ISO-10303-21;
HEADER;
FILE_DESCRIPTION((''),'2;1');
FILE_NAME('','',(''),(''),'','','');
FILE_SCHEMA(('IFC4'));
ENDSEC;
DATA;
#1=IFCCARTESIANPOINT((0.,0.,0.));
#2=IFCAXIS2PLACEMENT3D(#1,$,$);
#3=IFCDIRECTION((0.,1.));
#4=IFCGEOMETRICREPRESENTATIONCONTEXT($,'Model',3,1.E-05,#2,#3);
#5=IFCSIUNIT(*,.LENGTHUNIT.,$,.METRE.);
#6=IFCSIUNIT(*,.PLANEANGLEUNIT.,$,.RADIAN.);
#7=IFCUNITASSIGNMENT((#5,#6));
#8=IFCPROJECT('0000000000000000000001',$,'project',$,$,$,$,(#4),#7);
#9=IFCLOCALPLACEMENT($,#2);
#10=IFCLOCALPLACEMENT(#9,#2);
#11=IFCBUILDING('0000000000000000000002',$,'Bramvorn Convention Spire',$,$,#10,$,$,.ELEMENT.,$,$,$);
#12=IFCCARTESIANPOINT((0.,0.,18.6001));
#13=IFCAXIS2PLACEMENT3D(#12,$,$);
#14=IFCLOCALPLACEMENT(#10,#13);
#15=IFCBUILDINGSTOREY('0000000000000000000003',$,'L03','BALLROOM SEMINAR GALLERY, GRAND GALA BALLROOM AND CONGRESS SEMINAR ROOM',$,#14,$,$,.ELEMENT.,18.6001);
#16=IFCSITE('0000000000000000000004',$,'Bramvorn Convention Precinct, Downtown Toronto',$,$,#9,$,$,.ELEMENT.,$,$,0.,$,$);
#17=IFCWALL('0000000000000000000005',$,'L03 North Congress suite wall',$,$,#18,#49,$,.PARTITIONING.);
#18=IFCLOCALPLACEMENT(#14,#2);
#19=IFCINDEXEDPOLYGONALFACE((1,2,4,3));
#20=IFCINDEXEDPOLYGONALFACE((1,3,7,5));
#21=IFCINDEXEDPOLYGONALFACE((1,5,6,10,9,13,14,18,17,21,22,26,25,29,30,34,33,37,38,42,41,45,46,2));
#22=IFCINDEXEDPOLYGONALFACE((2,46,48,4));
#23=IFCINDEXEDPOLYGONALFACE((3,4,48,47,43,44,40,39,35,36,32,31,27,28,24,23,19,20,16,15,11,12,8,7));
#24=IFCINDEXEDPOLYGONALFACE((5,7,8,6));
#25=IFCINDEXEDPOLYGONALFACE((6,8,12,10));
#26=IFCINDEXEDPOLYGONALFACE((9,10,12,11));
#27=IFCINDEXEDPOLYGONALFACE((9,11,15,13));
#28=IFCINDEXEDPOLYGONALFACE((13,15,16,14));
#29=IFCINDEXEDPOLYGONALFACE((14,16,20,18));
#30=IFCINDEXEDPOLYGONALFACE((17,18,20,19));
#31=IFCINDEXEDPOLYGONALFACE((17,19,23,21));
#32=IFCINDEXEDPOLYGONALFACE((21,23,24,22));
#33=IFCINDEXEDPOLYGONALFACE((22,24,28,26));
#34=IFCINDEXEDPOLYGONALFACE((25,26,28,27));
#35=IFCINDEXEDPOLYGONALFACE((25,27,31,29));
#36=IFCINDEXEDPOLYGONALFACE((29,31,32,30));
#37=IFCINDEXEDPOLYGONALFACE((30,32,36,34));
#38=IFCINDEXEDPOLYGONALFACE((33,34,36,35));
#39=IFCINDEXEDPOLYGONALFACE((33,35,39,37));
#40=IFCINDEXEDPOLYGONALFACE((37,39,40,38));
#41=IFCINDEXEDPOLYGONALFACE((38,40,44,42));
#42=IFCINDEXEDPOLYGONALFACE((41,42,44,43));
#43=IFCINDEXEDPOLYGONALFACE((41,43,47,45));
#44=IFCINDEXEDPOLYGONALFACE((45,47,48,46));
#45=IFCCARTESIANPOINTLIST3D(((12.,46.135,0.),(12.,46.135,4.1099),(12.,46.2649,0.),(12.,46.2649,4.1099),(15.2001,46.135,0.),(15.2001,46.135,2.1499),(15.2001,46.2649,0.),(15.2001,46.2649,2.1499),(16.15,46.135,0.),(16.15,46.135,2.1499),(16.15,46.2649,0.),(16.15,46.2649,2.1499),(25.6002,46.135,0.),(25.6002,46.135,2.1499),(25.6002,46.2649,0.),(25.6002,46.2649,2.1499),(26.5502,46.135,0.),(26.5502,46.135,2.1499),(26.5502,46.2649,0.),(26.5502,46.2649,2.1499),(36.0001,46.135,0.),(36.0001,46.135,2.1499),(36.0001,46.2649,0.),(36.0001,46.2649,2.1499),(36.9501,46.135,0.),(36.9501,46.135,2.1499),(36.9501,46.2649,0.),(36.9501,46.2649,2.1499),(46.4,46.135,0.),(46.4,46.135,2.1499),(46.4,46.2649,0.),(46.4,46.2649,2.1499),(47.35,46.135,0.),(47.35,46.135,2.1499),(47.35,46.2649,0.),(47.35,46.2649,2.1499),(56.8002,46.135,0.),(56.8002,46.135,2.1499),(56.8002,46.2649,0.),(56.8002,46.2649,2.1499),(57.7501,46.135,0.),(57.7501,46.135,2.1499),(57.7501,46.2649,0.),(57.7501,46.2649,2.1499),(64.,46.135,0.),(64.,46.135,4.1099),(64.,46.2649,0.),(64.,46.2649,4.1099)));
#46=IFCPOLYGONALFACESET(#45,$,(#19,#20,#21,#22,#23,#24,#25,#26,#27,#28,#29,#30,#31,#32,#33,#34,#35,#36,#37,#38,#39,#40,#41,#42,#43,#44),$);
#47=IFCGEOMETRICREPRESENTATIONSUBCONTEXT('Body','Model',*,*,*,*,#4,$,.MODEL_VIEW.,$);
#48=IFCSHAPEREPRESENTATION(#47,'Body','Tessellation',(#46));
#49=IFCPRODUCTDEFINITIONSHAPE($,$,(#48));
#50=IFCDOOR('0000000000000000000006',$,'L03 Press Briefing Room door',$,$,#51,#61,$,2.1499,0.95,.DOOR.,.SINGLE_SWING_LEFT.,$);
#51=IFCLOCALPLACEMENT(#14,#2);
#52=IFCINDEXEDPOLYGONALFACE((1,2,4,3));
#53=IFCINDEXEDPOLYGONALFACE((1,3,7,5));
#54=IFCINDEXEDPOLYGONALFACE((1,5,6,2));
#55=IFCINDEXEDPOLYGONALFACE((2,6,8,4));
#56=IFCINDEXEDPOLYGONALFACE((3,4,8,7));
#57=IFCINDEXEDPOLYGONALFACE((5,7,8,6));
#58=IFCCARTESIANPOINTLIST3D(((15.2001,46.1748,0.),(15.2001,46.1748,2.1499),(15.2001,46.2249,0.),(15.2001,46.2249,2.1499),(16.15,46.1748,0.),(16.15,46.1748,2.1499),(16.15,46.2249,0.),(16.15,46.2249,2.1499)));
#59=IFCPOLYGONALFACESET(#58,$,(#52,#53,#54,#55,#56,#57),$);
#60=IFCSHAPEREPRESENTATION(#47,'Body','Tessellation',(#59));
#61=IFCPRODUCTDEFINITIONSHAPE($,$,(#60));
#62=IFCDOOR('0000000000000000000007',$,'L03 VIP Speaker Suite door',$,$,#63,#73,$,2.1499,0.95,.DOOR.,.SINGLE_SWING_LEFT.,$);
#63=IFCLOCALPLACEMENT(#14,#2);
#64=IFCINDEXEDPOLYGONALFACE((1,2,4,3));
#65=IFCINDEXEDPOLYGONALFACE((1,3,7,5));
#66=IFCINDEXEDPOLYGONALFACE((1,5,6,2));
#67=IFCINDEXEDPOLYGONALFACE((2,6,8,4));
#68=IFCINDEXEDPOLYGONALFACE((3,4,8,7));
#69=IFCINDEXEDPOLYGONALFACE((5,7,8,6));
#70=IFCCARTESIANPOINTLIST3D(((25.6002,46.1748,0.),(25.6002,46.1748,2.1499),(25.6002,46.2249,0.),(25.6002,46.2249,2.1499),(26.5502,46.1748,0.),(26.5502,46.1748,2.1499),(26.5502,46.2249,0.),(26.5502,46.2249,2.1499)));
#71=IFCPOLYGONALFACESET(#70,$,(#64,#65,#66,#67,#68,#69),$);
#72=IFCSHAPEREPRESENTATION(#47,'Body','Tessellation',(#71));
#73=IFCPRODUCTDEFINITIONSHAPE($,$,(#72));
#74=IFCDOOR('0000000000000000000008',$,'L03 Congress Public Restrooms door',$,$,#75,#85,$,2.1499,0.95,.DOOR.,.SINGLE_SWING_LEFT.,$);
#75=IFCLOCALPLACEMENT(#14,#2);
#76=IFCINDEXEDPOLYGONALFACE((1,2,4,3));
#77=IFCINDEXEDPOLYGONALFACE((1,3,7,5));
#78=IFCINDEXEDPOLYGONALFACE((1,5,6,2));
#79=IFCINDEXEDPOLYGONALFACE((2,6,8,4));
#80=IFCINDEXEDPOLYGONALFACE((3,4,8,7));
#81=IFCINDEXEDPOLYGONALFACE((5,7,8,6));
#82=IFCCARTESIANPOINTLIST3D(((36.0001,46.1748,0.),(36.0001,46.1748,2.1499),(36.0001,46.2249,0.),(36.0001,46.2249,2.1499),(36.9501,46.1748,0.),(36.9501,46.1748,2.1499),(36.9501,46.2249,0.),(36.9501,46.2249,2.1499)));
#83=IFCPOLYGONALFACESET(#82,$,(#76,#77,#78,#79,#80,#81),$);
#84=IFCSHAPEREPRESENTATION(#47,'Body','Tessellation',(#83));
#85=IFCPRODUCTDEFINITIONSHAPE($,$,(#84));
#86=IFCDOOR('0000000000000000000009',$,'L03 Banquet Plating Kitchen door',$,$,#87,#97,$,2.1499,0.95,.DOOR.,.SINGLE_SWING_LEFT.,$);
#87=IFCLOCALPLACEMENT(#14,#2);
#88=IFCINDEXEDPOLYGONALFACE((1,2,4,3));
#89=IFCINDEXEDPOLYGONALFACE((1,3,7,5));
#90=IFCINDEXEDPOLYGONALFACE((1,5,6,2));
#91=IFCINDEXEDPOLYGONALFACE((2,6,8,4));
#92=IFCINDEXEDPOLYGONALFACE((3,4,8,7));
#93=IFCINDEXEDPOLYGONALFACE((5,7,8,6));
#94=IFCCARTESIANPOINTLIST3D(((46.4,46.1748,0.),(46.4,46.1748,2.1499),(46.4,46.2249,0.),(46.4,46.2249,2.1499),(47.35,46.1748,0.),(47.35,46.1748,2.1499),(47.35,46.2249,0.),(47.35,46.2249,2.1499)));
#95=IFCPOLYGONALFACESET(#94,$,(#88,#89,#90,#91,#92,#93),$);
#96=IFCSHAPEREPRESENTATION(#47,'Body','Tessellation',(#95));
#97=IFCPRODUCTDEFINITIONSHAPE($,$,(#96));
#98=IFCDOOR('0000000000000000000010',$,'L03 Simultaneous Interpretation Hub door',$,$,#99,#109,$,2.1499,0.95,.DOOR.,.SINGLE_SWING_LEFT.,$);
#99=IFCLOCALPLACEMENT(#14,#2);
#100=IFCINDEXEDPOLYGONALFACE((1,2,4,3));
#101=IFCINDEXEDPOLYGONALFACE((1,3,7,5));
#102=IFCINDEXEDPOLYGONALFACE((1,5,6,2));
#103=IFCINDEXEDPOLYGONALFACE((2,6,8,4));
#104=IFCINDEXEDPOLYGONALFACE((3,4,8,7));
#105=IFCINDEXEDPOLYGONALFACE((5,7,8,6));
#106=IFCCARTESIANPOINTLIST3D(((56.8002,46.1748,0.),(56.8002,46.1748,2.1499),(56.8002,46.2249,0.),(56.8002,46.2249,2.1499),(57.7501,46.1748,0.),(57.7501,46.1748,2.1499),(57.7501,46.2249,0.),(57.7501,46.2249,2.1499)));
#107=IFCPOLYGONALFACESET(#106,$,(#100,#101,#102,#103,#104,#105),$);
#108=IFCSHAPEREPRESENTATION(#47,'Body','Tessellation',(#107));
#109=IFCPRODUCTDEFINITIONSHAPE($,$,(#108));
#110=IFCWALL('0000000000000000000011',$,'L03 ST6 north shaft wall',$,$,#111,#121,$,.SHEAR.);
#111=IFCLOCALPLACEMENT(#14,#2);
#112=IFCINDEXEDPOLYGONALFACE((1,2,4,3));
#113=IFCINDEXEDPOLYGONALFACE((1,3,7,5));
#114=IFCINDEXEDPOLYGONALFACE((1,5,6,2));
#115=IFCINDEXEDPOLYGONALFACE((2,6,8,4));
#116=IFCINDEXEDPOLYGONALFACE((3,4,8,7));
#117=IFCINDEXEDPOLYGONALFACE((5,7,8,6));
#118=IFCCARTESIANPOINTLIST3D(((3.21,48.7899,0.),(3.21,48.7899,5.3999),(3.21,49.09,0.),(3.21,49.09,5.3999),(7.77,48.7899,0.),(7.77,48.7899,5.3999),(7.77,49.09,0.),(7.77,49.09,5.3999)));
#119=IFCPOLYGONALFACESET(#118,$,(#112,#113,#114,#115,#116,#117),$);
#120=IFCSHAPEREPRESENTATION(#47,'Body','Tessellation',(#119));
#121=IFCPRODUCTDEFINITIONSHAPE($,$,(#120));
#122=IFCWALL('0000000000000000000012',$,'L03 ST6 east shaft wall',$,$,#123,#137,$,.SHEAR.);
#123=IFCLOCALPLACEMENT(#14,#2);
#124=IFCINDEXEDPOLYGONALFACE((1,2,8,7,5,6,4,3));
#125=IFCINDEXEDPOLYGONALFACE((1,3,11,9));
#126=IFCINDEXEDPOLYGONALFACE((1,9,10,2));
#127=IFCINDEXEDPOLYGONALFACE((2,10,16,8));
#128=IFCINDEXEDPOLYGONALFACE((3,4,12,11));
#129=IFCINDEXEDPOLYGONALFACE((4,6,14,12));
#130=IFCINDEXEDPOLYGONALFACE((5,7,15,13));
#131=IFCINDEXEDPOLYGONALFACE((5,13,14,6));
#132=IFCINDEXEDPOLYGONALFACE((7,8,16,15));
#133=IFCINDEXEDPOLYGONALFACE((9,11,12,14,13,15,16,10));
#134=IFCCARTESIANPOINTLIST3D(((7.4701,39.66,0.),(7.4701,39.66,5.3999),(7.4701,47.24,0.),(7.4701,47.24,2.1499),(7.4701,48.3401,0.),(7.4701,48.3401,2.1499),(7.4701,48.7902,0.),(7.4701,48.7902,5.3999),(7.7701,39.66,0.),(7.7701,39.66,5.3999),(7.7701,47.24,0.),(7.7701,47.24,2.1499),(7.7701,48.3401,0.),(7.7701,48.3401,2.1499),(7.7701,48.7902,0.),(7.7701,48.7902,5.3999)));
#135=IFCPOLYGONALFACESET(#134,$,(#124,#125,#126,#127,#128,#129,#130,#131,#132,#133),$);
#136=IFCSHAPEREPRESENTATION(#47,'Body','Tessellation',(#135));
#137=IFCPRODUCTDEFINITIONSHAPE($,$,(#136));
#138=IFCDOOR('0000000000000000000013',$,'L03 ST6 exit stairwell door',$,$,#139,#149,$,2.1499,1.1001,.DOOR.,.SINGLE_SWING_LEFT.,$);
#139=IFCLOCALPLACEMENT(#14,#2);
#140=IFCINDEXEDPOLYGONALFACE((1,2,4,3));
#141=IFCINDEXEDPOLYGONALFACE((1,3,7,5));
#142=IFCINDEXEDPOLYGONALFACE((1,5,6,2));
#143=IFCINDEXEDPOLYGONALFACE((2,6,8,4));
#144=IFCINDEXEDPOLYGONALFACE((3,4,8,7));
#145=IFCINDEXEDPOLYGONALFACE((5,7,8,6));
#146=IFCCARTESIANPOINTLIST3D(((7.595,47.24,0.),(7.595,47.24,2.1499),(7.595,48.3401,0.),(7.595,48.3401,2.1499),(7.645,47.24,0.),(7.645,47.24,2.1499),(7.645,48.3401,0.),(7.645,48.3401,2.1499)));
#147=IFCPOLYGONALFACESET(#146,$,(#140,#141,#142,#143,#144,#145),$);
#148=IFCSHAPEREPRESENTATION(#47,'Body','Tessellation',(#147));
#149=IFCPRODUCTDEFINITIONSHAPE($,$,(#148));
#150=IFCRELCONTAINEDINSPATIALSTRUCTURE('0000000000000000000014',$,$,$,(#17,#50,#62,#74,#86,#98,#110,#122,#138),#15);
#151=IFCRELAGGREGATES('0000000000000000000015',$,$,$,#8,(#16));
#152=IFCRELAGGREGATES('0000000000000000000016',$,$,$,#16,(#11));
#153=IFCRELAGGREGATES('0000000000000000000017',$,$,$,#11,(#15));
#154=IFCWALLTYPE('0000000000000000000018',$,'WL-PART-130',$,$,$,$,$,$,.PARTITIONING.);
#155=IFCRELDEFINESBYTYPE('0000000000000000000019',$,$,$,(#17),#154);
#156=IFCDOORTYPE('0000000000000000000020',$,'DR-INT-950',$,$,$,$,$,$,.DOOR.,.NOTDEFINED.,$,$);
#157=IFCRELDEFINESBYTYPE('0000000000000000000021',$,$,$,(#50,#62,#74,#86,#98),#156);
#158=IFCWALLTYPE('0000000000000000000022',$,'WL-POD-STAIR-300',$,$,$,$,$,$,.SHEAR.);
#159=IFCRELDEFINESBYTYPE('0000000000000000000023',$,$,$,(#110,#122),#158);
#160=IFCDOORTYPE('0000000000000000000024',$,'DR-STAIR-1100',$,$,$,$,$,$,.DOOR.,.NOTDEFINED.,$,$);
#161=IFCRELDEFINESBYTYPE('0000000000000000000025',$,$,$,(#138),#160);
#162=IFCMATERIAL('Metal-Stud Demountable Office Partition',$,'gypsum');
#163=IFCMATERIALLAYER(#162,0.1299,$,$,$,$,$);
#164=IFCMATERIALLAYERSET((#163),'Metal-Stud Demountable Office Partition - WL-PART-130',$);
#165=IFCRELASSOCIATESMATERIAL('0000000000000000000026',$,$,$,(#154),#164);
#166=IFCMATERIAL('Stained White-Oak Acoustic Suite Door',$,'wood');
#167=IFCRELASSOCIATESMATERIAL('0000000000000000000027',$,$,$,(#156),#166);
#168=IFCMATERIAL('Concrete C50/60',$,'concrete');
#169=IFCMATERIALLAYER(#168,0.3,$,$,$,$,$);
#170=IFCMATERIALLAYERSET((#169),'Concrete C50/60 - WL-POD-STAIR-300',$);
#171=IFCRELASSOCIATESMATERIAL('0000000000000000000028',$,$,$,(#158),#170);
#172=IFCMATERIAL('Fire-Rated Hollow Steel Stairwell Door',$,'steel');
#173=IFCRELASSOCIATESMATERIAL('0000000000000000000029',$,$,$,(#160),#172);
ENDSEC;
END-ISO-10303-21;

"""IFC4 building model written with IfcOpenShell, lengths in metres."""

from ifc_helpers import new_model, si_unit, direction, frame, frame_2d, origin, place, context, subcontext, project, spatial, rectangle, extrude, material, layer, layer_set, type_object, element, fill, save


model = new_model("IFC4")

# Units and contexts
model_context = context("Model", 3, precision=1e-05, world=origin(), true_north=direction((0.0, 1.0)))
body_context = subcontext(model_context, "Body", "Model", "MODEL_VIEW")
ifc_project = project(units=[si_unit("LENGTHUNIT", "METRE"), si_unit("PLANEANGLEUNIT", "RADIAN")], contexts=[model_context])

# Site, building, storey
site_placement = place(None, origin())
site = spatial("IfcSite", under=ifc_project, at=site_placement, Name="Bramvorn Convention Precinct, Downtown Toronto", CompositionType="ELEMENT", RefElevation=0.0)
building_placement = place(site_placement, origin())
building = spatial("IfcBuilding", under=site, at=building_placement, Name="Bramvorn Convention Spire", CompositionType="ELEMENT")
storey_placement = place(building_placement, frame((0.0, 0.0, 18.6001)))
storey = spatial("IfcBuildingStorey", under=building, at=storey_placement, Name="L03", Description="BALLROOM SEMINAR GALLERY, GRAND GALA BALLROOM AND CONGRESS SEMINAR ROOM", CompositionType="ELEMENT", Elevation=18.6001)

# Wall, openings, doors
ifc_material_1 = material(Name="Metal-Stud Demountable Office Partition", Category="gypsum")
ifc_layer_1 = layer(ifc_material_1, 0.1299)
ifc_layer_set_1 = layer_set([ifc_layer_1], Name="Metal-Stud Demountable Office Partition - WL-PART-130")
wall_type_1 = type_object("IfcWallType", Name="WL-PART-130", PredefinedType="PARTITIONING", material=ifc_layer_set_1)
wall_1_placement = place(storey_placement, frame((12.0, 46.2, 0.0), z_axis=(0.0, 0.0, 1.0), x_axis=(1.0, 0.0, 0.0)))
wall_1 = element("IfcWall", 1, at=wall_1_placement, inside=storey, type_object=wall_type_1, Name="L03 North Congress suite wall", PredefinedType="PARTITIONING", context=body_context, shape_type="SweptSolid", body=[
    extrude(rectangle(XDim=52.0, YDim=0.1299, at=frame_2d((26.0, 0.0))), origin(), (0.0, 0.0, 1.0), 4.1099),
])
opening_1_placement = place(wall_1_placement, frame((3.2, 0.0, 0.0)))
opening_1 = element("IfcOpeningElement", 2, at=opening_1_placement, cuts=wall_1, PredefinedType="OPENING", context=body_context, shape_type="SweptSolid", body=[
    extrude(rectangle(XDim=0.95, YDim=2.1499, at=frame_2d((0.4751, 1.075))), frame((0.0, 0.075, 0.0), z_axis=(0.0, -1.0, 0.0), x_axis=(1.0, 0.0, 0.0)), (0.0, 0.0, 1.0), 0.1499),
])
opening_2_placement = place(wall_1_placement, frame((13.6001, 0.0, 0.0)))
opening_2 = element("IfcOpeningElement", 3, at=opening_2_placement, cuts=wall_1, PredefinedType="OPENING", context=body_context, shape_type="SweptSolid", body=[
    extrude(rectangle(XDim=0.95, YDim=2.1499, at=frame_2d((0.4751, 1.075))), frame((0.0, 0.075, 0.0), z_axis=(0.0, -1.0, 0.0), x_axis=(1.0, 0.0, 0.0)), (0.0, 0.0, 1.0), 0.1499),
])
opening_3_placement = place(wall_1_placement, frame((24.0, 0.0, 0.0)))
opening_3 = element("IfcOpeningElement", 4, at=opening_3_placement, cuts=wall_1, PredefinedType="OPENING", context=body_context, shape_type="SweptSolid", body=[
    extrude(rectangle(XDim=0.95, YDim=2.1499, at=frame_2d((0.4751, 1.075))), frame((0.0, 0.075, 0.0), z_axis=(0.0, -1.0, 0.0), x_axis=(1.0, 0.0, 0.0)), (0.0, 0.0, 1.0), 0.1499),
])
opening_4_placement = place(wall_1_placement, frame((34.3999, 0.0, 0.0)))
opening_4 = element("IfcOpeningElement", 5, at=opening_4_placement, cuts=wall_1, PredefinedType="OPENING", context=body_context, shape_type="SweptSolid", body=[
    extrude(rectangle(XDim=0.95, YDim=2.1499, at=frame_2d((0.4751, 1.075))), frame((0.0, 0.075, 0.0), z_axis=(0.0, -1.0, 0.0), x_axis=(1.0, 0.0, 0.0)), (0.0, 0.0, 1.0), 0.1499),
])
opening_5_placement = place(wall_1_placement, frame((44.8, 0.0, 0.0)))
opening_5 = element("IfcOpeningElement", 6, at=opening_5_placement, cuts=wall_1, PredefinedType="OPENING", context=body_context, shape_type="SweptSolid", body=[
    extrude(rectangle(XDim=0.95, YDim=2.1499, at=frame_2d((0.4751, 1.075))), frame((0.0, 0.075, 0.0), z_axis=(0.0, -1.0, 0.0), x_axis=(1.0, 0.0, 0.0)), (0.0, 0.0, 1.0), 0.1499),
])
ifc_material_2 = material(Name="Stained White-Oak Acoustic Suite Door", Category="wood")
door_type_1 = type_object("IfcDoorType", Name="DR-INT-950", OperationType="NOTDEFINED", PredefinedType="DOOR", material=ifc_material_2)
door_1_placement = place(opening_1_placement, origin())
door_1 = element("IfcDoor", 7, at=door_1_placement, inside=storey, type_object=door_type_1, Name="L03 Press Briefing Room door", OperationType="SINGLE_SWING_LEFT", OverallHeight=2.1499, OverallWidth=0.95, PredefinedType="DOOR", context=body_context, shape_type="SweptSolid", body=[
    extrude(rectangle(XDim=0.95, YDim=2.1499, at=frame_2d((0.4751, 1.075))), frame((0.0, 0.0249, 0.0), z_axis=(0.0, -1.0, 0.0), x_axis=(1.0, 0.0, 0.0)), (0.0, 0.0, 1.0), 0.05),
])
fill(opening_1, door_1)
door_2_placement = place(opening_2_placement, origin())
door_2 = element("IfcDoor", 8, at=door_2_placement, inside=storey, type_object=door_type_1, Name="L03 VIP Speaker Suite door", OperationType="SINGLE_SWING_LEFT", OverallHeight=2.1499, OverallWidth=0.95, PredefinedType="DOOR", context=body_context, shape_type="SweptSolid", body=[
    extrude(rectangle(XDim=0.95, YDim=2.1499, at=frame_2d((0.4751, 1.075))), frame((0.0, 0.0249, 0.0), z_axis=(0.0, -1.0, 0.0), x_axis=(1.0, 0.0, 0.0)), (0.0, 0.0, 1.0), 0.05),
])
fill(opening_2, door_2)
door_3_placement = place(opening_3_placement, origin())
door_3 = element("IfcDoor", 9, at=door_3_placement, inside=storey, type_object=door_type_1, Name="L03 Congress Public Restrooms door", OperationType="SINGLE_SWING_LEFT", OverallHeight=2.1499, OverallWidth=0.95, PredefinedType="DOOR", context=body_context, shape_type="SweptSolid", body=[
    extrude(rectangle(XDim=0.95, YDim=2.1499, at=frame_2d((0.4751, 1.075))), frame((0.0, 0.0249, 0.0), z_axis=(0.0, -1.0, 0.0), x_axis=(1.0, 0.0, 0.0)), (0.0, 0.0, 1.0), 0.05),
])
fill(opening_3, door_3)
door_4_placement = place(opening_4_placement, origin())
door_4 = element("IfcDoor", 10, at=door_4_placement, inside=storey, type_object=door_type_1, Name="L03 Banquet Plating Kitchen door", OperationType="SINGLE_SWING_LEFT", OverallHeight=2.1499, OverallWidth=0.95, PredefinedType="DOOR", context=body_context, shape_type="SweptSolid", body=[
    extrude(rectangle(XDim=0.95, YDim=2.1499, at=frame_2d((0.4751, 1.075))), frame((0.0, 0.0249, 0.0), z_axis=(0.0, -1.0, 0.0), x_axis=(1.0, 0.0, 0.0)), (0.0, 0.0, 1.0), 0.05),
])
fill(opening_4, door_4)
door_5_placement = place(opening_5_placement, origin())
door_5 = element("IfcDoor", 11, at=door_5_placement, inside=storey, type_object=door_type_1, Name="L03 Simultaneous Interpretation Hub door", OperationType="SINGLE_SWING_LEFT", OverallHeight=2.1499, OverallWidth=0.95, PredefinedType="DOOR", context=body_context, shape_type="SweptSolid", body=[
    extrude(rectangle(XDim=0.95, YDim=2.1499, at=frame_2d((0.4751, 1.075))), frame((0.0, 0.0249, 0.0), z_axis=(0.0, -1.0, 0.0), x_axis=(1.0, 0.0, 0.0)), (0.0, 0.0, 1.0), 0.05),
])
fill(opening_5, door_5)

# Wall
ifc_material_3 = material(Name="Concrete C50/60", Category="concrete")
ifc_layer_2 = layer(ifc_material_3, 0.3)
ifc_layer_set_2 = layer_set([ifc_layer_2], Name="Concrete C50/60 - WL-POD-STAIR-300")
wall_type_2 = type_object("IfcWallType", Name="WL-POD-STAIR-300", PredefinedType="SHEAR", material=ifc_layer_set_2)
wall_2_placement = place(storey_placement, frame((3.21, 48.9399, 0.0), z_axis=(0.0, 0.0, 1.0), x_axis=(1.0, 0.0, 0.0)))
element("IfcWall", 12, at=wall_2_placement, inside=storey, type_object=wall_type_2, Name="L03 ST6 north shaft wall", PredefinedType="SHEAR", context=body_context, shape_type="SweptSolid", body=[
    extrude(rectangle(XDim=4.5601, YDim=0.3, at=frame_2d((2.28, 0.0))), origin(), (0.0, 0.0, 1.0), 5.3999),
])

# Wall, opening, door
wall_3_placement = place(storey_placement, frame((7.6201, 48.79, 0.0), z_axis=(0.0, 0.0, 1.0), x_axis=(0.0, -1.0, 0.0)))
wall_3 = element("IfcWall", 13, at=wall_3_placement, inside=storey, type_object=wall_type_2, Name="L03 ST6 east shaft wall", PredefinedType="SHEAR", context=body_context, shape_type="SweptSolid", body=[
    extrude(rectangle(XDim=9.1301, YDim=0.3, at=frame_2d((4.5649, 0.0))), origin(), (0.0, 0.0, 1.0), 5.3999),
])
opening_6_placement = place(wall_3_placement, frame((0.45, 0.0, 0.0)))
opening_6 = element("IfcOpeningElement", 14, at=opening_6_placement, cuts=wall_3, PredefinedType="OPENING", context=body_context, shape_type="SweptSolid", body=[
    extrude(rectangle(XDim=1.1001, YDim=2.1499, at=frame_2d((0.55, 1.075))), frame((0.0, 0.1599, 0.0), z_axis=(0.0, -1.0, 0.0), x_axis=(1.0, 0.0, 0.0)), (0.0, 0.0, 1.0), 0.3201),
])
ifc_material_4 = material(Name="Fire-Rated Hollow Steel Stairwell Door", Category="steel")
door_type_2 = type_object("IfcDoorType", Name="DR-STAIR-1100", OperationType="NOTDEFINED", PredefinedType="DOOR", material=ifc_material_4)
door_6_placement = place(opening_6_placement, origin())
door_6 = element("IfcDoor", 15, at=door_6_placement, inside=storey, type_object=door_type_2, Name="L03 ST6 exit stairwell door", OperationType="SINGLE_SWING_LEFT", OverallHeight=2.1499, OverallWidth=1.1001, PredefinedType="DOOR", context=body_context, shape_type="SweptSolid", body=[
    extrude(rectangle(XDim=1.1001, YDim=2.1499, at=frame_2d((0.55, 1.075))), frame((0.0, 0.0249, 0.0), z_axis=(0.0, -1.0, 0.0), x_axis=(1.0, 0.0, 0.0)), (0.0, 0.0, 1.0), 0.05),
])
fill(opening_6, door_6)

save(model, "model.ifc")
